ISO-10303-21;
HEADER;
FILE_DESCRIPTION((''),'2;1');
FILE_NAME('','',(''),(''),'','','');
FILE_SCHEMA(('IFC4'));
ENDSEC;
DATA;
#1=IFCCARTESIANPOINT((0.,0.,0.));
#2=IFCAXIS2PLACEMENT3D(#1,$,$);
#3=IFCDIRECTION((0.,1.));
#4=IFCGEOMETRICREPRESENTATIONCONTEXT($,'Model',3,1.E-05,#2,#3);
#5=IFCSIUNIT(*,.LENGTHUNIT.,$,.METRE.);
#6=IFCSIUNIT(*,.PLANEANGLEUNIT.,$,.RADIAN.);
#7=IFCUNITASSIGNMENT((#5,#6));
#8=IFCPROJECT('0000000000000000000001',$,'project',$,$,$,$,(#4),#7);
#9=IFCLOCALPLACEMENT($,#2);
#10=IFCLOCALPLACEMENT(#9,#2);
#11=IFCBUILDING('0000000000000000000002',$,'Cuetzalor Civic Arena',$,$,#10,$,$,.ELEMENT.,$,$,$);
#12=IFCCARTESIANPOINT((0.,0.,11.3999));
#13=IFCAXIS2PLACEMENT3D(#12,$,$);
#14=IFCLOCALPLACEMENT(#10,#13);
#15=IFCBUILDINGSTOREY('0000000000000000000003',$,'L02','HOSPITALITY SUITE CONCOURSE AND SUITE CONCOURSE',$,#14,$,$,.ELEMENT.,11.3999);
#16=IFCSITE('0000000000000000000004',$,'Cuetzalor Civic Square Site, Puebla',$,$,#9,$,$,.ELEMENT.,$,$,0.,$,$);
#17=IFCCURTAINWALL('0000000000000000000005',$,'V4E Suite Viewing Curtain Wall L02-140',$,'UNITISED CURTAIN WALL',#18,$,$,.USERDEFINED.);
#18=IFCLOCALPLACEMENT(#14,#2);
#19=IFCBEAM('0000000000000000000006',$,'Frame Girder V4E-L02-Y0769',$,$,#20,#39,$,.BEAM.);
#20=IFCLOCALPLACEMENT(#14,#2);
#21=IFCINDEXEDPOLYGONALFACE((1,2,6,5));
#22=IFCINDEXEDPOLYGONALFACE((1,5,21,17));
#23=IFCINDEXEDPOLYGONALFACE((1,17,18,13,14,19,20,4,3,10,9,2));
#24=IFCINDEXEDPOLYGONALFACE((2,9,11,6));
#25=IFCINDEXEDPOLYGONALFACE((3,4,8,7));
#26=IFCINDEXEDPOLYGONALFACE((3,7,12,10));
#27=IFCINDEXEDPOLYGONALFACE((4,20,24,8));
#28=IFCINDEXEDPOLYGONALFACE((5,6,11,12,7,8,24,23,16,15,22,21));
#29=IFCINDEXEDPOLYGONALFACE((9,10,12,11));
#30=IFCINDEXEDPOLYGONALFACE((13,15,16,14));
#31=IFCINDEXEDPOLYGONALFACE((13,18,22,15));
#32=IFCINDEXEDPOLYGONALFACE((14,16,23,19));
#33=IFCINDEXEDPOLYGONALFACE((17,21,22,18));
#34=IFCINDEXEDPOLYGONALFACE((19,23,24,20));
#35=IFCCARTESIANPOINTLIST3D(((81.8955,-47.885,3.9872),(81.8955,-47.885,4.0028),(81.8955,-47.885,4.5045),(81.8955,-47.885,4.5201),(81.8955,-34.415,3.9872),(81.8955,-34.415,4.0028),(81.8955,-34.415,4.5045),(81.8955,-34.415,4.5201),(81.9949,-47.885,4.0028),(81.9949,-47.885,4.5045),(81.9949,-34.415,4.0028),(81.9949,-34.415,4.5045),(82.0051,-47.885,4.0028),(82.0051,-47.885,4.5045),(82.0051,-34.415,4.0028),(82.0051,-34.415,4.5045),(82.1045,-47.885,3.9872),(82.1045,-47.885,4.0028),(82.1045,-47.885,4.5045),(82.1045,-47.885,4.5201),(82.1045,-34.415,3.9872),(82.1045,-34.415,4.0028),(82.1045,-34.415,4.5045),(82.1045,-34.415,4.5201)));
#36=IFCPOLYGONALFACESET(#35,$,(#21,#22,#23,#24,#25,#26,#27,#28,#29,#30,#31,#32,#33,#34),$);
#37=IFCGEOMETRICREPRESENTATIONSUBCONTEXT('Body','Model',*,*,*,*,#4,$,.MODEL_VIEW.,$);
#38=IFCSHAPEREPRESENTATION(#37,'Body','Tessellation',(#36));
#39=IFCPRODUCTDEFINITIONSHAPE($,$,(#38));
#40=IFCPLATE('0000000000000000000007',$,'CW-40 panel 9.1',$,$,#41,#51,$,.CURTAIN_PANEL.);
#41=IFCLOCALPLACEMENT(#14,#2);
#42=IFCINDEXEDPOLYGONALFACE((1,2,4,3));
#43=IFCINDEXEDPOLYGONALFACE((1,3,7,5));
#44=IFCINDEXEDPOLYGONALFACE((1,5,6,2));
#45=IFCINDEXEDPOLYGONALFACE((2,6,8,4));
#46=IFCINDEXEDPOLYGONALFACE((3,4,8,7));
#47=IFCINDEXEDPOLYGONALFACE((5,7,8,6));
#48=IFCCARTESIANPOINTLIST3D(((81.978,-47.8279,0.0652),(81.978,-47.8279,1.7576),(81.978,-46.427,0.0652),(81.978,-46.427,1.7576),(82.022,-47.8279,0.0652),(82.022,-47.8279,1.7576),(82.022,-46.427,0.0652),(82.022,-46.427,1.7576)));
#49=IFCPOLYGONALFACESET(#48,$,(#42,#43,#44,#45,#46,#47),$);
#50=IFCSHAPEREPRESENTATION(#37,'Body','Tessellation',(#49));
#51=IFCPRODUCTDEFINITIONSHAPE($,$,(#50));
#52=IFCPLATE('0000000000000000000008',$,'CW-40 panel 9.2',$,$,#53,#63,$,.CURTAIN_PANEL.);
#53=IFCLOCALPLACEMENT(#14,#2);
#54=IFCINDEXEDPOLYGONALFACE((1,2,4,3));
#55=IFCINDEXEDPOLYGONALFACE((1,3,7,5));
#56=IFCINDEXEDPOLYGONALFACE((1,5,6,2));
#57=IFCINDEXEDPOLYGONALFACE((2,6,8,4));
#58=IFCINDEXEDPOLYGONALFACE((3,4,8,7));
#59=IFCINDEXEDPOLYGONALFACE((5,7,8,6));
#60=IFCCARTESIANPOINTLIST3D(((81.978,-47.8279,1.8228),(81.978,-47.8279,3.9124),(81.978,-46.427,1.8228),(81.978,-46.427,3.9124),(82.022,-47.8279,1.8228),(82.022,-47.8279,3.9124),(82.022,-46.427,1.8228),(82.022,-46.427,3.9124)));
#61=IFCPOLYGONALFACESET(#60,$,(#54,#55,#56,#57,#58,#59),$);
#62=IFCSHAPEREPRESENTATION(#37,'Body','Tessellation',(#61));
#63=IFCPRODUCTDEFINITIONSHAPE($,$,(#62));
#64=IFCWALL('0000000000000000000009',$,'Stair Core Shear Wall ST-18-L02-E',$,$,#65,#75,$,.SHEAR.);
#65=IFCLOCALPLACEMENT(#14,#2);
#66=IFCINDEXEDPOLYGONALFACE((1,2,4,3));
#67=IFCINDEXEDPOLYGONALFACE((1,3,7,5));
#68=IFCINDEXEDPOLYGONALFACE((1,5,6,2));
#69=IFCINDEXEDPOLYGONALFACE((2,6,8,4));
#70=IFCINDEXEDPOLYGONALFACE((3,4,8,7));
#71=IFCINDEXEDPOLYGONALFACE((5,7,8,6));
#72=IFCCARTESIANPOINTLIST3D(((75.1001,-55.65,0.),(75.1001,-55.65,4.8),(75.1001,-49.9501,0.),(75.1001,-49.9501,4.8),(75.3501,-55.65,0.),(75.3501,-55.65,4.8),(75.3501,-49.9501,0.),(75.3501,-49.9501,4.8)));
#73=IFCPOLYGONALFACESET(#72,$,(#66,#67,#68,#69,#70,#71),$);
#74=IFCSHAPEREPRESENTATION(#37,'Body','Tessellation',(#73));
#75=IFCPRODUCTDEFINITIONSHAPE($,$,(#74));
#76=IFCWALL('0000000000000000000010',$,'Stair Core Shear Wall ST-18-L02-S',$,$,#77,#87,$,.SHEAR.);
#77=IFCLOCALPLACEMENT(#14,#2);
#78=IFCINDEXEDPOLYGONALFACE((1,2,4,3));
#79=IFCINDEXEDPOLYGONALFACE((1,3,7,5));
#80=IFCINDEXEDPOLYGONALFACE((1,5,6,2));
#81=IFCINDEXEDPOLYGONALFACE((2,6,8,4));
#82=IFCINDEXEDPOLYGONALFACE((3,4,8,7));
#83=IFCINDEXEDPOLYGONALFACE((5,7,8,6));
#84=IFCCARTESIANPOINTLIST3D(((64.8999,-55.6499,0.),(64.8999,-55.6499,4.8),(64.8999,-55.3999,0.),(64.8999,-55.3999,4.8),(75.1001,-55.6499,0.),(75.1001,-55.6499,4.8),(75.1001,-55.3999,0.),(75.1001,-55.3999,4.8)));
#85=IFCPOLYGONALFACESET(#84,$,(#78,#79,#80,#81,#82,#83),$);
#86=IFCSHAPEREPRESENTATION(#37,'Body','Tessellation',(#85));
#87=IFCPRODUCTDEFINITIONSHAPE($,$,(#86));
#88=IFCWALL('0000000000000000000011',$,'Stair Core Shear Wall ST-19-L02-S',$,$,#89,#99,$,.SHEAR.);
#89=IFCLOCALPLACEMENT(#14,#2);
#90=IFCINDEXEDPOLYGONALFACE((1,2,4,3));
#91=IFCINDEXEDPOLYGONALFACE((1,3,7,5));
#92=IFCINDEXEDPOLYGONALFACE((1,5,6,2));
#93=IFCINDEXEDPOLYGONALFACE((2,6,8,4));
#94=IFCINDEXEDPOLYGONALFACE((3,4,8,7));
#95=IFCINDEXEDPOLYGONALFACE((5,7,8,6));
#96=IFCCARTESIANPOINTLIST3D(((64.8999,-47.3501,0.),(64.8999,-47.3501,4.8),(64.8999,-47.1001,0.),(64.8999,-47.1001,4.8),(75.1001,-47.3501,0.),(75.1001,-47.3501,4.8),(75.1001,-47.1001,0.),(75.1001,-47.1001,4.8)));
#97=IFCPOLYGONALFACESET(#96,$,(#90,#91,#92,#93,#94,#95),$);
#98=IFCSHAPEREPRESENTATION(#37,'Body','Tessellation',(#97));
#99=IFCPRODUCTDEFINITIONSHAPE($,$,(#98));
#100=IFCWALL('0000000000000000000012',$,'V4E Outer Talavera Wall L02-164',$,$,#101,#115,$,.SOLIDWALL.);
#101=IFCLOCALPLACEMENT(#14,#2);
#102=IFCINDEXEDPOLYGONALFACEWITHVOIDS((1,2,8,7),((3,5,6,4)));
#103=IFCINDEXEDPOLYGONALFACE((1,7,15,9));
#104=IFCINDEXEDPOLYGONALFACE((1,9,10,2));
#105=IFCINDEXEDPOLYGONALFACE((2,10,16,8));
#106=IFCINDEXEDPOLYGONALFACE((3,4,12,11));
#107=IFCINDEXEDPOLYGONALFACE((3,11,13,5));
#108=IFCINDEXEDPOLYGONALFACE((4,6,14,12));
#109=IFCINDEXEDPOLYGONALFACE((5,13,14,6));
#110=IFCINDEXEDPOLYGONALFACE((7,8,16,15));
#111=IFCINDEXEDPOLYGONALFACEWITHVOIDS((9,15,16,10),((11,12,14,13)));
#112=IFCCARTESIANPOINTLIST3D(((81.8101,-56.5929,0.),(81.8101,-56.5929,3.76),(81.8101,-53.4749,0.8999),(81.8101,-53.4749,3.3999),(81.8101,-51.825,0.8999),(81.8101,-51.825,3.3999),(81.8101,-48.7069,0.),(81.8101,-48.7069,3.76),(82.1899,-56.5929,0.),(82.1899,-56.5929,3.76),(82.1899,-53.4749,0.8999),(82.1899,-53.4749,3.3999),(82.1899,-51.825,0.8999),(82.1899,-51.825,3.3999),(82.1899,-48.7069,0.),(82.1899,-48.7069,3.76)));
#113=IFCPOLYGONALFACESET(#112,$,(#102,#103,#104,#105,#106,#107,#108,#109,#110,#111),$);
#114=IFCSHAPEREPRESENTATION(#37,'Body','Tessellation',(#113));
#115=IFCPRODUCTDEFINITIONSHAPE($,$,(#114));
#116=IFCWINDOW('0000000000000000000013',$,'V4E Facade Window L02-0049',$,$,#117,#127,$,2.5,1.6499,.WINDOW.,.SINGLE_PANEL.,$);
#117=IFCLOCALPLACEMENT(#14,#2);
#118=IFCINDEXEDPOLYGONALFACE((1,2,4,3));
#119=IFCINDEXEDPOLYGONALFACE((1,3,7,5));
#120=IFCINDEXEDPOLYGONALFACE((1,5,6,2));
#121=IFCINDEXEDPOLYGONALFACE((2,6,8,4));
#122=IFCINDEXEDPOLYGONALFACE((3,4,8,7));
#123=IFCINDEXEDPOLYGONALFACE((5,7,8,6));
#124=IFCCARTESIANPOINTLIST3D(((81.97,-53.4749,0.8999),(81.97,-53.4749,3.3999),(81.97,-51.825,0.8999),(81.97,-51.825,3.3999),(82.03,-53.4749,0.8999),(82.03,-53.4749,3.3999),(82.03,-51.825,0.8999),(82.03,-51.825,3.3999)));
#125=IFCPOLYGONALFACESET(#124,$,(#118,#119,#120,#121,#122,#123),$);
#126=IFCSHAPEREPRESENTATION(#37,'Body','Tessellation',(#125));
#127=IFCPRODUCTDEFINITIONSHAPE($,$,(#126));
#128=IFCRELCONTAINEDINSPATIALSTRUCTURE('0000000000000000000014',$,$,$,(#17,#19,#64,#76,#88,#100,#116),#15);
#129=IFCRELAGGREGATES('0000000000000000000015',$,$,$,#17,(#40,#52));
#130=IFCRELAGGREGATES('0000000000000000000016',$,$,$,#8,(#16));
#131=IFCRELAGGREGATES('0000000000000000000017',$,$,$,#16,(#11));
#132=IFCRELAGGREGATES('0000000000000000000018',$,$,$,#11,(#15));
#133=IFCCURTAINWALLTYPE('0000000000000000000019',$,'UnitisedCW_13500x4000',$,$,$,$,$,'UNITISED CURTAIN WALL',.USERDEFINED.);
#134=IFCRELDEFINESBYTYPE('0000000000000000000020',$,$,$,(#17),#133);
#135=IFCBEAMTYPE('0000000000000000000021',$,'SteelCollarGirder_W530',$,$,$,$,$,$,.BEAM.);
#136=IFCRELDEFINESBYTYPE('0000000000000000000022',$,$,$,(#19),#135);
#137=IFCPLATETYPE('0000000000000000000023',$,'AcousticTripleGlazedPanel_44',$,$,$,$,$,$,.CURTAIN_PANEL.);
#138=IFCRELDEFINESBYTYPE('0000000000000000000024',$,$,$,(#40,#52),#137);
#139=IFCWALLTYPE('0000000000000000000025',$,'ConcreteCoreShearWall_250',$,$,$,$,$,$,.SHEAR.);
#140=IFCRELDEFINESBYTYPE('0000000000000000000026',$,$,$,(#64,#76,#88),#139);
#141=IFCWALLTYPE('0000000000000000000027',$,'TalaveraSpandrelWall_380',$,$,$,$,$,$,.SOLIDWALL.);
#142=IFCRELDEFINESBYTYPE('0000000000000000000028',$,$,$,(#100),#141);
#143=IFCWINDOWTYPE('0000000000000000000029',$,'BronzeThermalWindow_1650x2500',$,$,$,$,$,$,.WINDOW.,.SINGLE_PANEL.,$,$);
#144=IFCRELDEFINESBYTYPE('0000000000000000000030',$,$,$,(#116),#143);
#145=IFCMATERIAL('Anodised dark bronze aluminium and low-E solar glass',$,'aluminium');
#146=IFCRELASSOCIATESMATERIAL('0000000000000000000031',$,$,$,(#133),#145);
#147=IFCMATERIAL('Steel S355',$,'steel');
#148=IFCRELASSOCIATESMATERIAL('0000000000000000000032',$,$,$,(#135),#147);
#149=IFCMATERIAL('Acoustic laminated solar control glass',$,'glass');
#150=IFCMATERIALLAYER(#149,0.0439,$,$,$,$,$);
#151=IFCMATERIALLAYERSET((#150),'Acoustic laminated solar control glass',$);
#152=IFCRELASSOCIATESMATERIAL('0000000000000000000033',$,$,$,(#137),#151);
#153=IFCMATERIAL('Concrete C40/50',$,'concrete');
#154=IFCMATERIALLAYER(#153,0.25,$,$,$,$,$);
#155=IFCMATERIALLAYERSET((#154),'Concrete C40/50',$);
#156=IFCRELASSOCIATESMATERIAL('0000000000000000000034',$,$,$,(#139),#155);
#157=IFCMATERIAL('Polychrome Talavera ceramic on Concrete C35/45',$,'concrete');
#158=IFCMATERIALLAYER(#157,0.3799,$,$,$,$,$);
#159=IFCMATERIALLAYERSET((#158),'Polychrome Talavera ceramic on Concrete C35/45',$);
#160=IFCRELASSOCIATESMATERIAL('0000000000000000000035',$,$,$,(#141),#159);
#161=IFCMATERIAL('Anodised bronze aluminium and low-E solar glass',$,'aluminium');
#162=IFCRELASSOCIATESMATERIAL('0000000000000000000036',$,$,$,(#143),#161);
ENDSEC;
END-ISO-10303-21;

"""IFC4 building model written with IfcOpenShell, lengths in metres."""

from ifc_helpers import new_model, si_unit, direction, frame, frame_2d, origin, origin_2d, place, context, subcontext, project, spatial, rectangle, i_section, extrude, material, layer, layer_set, material_profile, profile_set, type_object, element, fill, aggregate, save


model = new_model("IFC4")

# Units and contexts
model_context = context("Model", 3, precision=1e-05, world=origin(), true_north=direction((0.0, 1.0)))
body_context = subcontext(model_context, "Body", "Model", "MODEL_VIEW")
ifc_project = project(units=[si_unit("LENGTHUNIT", "METRE"), si_unit("PLANEANGLEUNIT", "RADIAN")], contexts=[model_context])

# Site, building, storey
site_placement = place(None, origin())
site = spatial("IfcSite", under=ifc_project, at=site_placement, Name="Cuetzalor Civic Square Site, Puebla", CompositionType="ELEMENT", RefElevation=0.0)
building_placement = place(site_placement, origin())
building = spatial("IfcBuilding", under=site, at=building_placement, Name="Cuetzalor Civic Arena", CompositionType="ELEMENT")
storey_placement = place(building_placement, frame((0.0, 0.0, 11.3999)))
storey = spatial("IfcBuildingStorey", under=building, at=storey_placement, Name="L02", Description="HOSPITALITY SUITE CONCOURSE AND SUITE CONCOURSE", CompositionType="ELEMENT", Elevation=11.3999)

# Curtain wall
ifc_material_1 = material(Name="Anodised dark bronze aluminium and low-E solar glass", Category="aluminium")
curtain_wall_type = type_object("IfcCurtainWallType", Name="UnitisedCW_13500x4000", ElementType="UNITISED CURTAIN WALL", PredefinedType="USERDEFINED", material=ifc_material_1)
curtain_wall_placement = place(storey_placement, origin())
curtain_wall = element("IfcCurtainWall", 1, at=curtain_wall_placement, inside=storey, type_object=curtain_wall_type, Name="V4E Suite Viewing Curtain Wall L02-140", ObjectType="UNITISED CURTAIN WALL", PredefinedType="USERDEFINED")

# Beam
ifc_material_2 = material(Name="Steel S355", Category="steel")
ifc_material_profile_1 = material_profile(ifc_material_2, i_section(OverallWidth=0.209, OverallDepth=0.533, WebThickness=0.0103, FlangeThickness=0.0156, at=origin_2d()), Name="W530x92")
ifc_profile_set_1 = profile_set([ifc_material_profile_1], Name="Steel S355")
beam_type_1 = type_object("IfcBeamType", Name="SteelCollarGirder_W530", PredefinedType="BEAM", material=ifc_profile_set_1)
for number, where, z_axis, x_axis, name in (
    (2, (82.0, -47.885, 4.2537), (0.0, 1.0, 0.0), (-1.0, 0.0, 0.0), "Frame Girder V4E-L02-Y0769"),
):
    element("IfcBeam", number, at=place(storey_placement, frame(where, z_axis=z_axis, x_axis=x_axis)), inside=storey, type_object=beam_type_1, Name=name, PredefinedType="BEAM", context=body_context, shape_type="SweptSolid", body=[
        extrude(i_section(OverallWidth=0.209, OverallDepth=0.533, WebThickness=0.0103, FlangeThickness=0.0156, at=origin_2d()), origin(), (0.0, 0.0, 1.0), 13.47),
    ])

# Plates
ifc_material_3 = material(Name="Acoustic laminated solar control glass", Category="glass")
ifc_layer_1 = layer(ifc_material_3, 0.0439)
ifc_layer_set_1 = layer_set([ifc_layer_1], Name="Acoustic laminated solar control glass")
plate_type = type_object("IfcPlateType", Name="AcousticTripleGlazedPanel_44", PredefinedType="CURTAIN_PANEL", material=ifc_layer_set_1)
plate_1_placement = place(storey_placement, frame((82.0, -47.1274, 0.0652), z_axis=(0.0, 0.0, 1.0), x_axis=(0.0, -1.0, 0.0)))
plate_1 = element("IfcPlate", 3, at=plate_1_placement, type_object=plate_type, Name="CW-40 panel 9.1", PredefinedType="CURTAIN_PANEL", context=body_context, shape_type="SweptSolid", body=[
    extrude(rectangle(XDim=1.4009, YDim=0.0439, at=origin_2d()), origin(), (0.0, 0.0, 1.0), 1.6924),
])
plate_2_placement = place(storey_placement, frame((82.0, -47.1274, 1.8228), z_axis=(0.0, 0.0, 1.0), x_axis=(0.0, -1.0, 0.0)))
plate_2 = element("IfcPlate", 4, at=plate_2_placement, type_object=plate_type, Name="CW-40 panel 9.2", PredefinedType="CURTAIN_PANEL", context=body_context, shape_type="SweptSolid", body=[
    extrude(rectangle(XDim=1.4009, YDim=0.0439, at=origin_2d()), origin(), (0.0, 0.0, 1.0), 2.0896),
])
aggregate(curtain_wall, [plate_1, plate_2])

# Walls
ifc_material_4 = material(Name="Concrete C40/50", Category="concrete")
ifc_layer_2 = layer(ifc_material_4, 0.25)
ifc_layer_set_2 = layer_set([ifc_layer_2], Name="Concrete C40/50")
wall_type_1 = type_object("IfcWallType", Name="ConcreteCoreShearWall_250", PredefinedType="SHEAR", material=ifc_layer_set_2)
wall_1_placement = place(storey_placement, frame((75.2251, -49.95, 0.0), z_axis=(0.0, 0.0, 1.0), x_axis=(0.0, -1.0, 0.0)))
element("IfcWall", 5, at=wall_1_placement, inside=storey, type_object=wall_type_1, Name="Stair Core Shear Wall ST-18-L02-E", PredefinedType="SHEAR", context=body_context, shape_type="SweptSolid", body=[
    extrude(rectangle(XDim=5.7, YDim=0.25, at=frame_2d((2.8501, 0.0))), origin(), (0.0, 0.0, 1.0), 4.8),
])
for number, where, z_axis, x_axis, name in (
    (6, (75.1001, -55.5249, 0.0), (0.0, 0.0, 1.0), (-1.0, 0.0, 0.0), "Stair Core Shear Wall ST-18-L02-S"),
    (7, (75.1001, -47.2251, 0.0), (0.0, 0.0, 1.0), (-1.0, 0.0, 0.0), "Stair Core Shear Wall ST-19-L02-S"),
):
    element("IfcWall", number, at=place(storey_placement, frame(where, z_axis=z_axis, x_axis=x_axis)), inside=storey, type_object=wall_type_1, Name=name, PredefinedType="SHEAR", context=body_context, shape_type="SweptSolid", body=[
        extrude(rectangle(XDim=10.2002, YDim=0.25, at=frame_2d((5.1001, 0.0))), origin(), (0.0, 0.0, 1.0), 4.8),
    ])

# Wall, opening, window
ifc_material_5 = material(Name="Polychrome Talavera ceramic on Concrete C35/45", Category="concrete")
ifc_layer_3 = layer(ifc_material_5, 0.3799)
ifc_layer_set_3 = layer_set([ifc_layer_3], Name="Polychrome Talavera ceramic on Concrete C35/45")
wall_type_2 = type_object("IfcWallType", Name="TalaveraSpandrelWall_380", PredefinedType="SOLIDWALL", material=ifc_layer_set_3)
wall_2_placement = place(storey_placement, frame((82.0, -48.707, 0.0), z_axis=(0.0, 0.0, 1.0), x_axis=(0.0, -1.0, 0.0)))
wall_2 = element("IfcWall", 8, at=wall_2_placement, inside=storey, type_object=wall_type_2, Name="V4E Outer Talavera Wall L02-164", PredefinedType="SOLIDWALL", context=body_context, shape_type="SweptSolid", body=[
    extrude(rectangle(XDim=7.886, YDim=0.3799, at=frame_2d((3.9429, 0.0))), origin(), (0.0, 0.0, 1.0), 3.76),
])
opening_placement = place(wall_2_placement, frame((3.1179, 0.0, 0.8999)))
opening = element("IfcOpeningElement", 9, at=opening_placement, cuts=wall_2, PredefinedType="OPENING", context=body_context, shape_type="SweptSolid", body=[
    extrude(rectangle(XDim=1.6499, YDim=2.5, at=frame_2d((0.825, 1.25))), frame((0.0, 0.2, 0.0), z_axis=(0.0, -1.0, 0.0), x_axis=(1.0, 0.0, 0.0)), (0.0, 0.0, 1.0), 0.3999),
])
ifc_material_6 = material(Name="Anodised bronze aluminium and low-E solar glass", Category="aluminium")
window_type = type_object("IfcWindowType", Name="BronzeThermalWindow_1650x2500", PartitioningType="SINGLE_PANEL", PredefinedType="WINDOW", material=ifc_material_6)
window_placement = place(opening_placement, origin())
window = element("IfcWindow", 10, at=window_placement, inside=storey, type_object=window_type, Name="V4E Facade Window L02-0049", OverallHeight=2.5, OverallWidth=1.6499, PartitioningType="SINGLE_PANEL", PredefinedType="WINDOW", context=body_context, shape_type="SweptSolid", body=[
    extrude(rectangle(XDim=1.6499, YDim=2.5, at=frame_2d((0.825, 1.25))), frame((0.0, 0.03, 0.0), z_axis=(0.0, -1.0, 0.0), x_axis=(1.0, 0.0, 0.0)), (0.0, 0.0, 1.0), 0.0601),
])
fill(opening, window)

save(model, "model.ifc")
